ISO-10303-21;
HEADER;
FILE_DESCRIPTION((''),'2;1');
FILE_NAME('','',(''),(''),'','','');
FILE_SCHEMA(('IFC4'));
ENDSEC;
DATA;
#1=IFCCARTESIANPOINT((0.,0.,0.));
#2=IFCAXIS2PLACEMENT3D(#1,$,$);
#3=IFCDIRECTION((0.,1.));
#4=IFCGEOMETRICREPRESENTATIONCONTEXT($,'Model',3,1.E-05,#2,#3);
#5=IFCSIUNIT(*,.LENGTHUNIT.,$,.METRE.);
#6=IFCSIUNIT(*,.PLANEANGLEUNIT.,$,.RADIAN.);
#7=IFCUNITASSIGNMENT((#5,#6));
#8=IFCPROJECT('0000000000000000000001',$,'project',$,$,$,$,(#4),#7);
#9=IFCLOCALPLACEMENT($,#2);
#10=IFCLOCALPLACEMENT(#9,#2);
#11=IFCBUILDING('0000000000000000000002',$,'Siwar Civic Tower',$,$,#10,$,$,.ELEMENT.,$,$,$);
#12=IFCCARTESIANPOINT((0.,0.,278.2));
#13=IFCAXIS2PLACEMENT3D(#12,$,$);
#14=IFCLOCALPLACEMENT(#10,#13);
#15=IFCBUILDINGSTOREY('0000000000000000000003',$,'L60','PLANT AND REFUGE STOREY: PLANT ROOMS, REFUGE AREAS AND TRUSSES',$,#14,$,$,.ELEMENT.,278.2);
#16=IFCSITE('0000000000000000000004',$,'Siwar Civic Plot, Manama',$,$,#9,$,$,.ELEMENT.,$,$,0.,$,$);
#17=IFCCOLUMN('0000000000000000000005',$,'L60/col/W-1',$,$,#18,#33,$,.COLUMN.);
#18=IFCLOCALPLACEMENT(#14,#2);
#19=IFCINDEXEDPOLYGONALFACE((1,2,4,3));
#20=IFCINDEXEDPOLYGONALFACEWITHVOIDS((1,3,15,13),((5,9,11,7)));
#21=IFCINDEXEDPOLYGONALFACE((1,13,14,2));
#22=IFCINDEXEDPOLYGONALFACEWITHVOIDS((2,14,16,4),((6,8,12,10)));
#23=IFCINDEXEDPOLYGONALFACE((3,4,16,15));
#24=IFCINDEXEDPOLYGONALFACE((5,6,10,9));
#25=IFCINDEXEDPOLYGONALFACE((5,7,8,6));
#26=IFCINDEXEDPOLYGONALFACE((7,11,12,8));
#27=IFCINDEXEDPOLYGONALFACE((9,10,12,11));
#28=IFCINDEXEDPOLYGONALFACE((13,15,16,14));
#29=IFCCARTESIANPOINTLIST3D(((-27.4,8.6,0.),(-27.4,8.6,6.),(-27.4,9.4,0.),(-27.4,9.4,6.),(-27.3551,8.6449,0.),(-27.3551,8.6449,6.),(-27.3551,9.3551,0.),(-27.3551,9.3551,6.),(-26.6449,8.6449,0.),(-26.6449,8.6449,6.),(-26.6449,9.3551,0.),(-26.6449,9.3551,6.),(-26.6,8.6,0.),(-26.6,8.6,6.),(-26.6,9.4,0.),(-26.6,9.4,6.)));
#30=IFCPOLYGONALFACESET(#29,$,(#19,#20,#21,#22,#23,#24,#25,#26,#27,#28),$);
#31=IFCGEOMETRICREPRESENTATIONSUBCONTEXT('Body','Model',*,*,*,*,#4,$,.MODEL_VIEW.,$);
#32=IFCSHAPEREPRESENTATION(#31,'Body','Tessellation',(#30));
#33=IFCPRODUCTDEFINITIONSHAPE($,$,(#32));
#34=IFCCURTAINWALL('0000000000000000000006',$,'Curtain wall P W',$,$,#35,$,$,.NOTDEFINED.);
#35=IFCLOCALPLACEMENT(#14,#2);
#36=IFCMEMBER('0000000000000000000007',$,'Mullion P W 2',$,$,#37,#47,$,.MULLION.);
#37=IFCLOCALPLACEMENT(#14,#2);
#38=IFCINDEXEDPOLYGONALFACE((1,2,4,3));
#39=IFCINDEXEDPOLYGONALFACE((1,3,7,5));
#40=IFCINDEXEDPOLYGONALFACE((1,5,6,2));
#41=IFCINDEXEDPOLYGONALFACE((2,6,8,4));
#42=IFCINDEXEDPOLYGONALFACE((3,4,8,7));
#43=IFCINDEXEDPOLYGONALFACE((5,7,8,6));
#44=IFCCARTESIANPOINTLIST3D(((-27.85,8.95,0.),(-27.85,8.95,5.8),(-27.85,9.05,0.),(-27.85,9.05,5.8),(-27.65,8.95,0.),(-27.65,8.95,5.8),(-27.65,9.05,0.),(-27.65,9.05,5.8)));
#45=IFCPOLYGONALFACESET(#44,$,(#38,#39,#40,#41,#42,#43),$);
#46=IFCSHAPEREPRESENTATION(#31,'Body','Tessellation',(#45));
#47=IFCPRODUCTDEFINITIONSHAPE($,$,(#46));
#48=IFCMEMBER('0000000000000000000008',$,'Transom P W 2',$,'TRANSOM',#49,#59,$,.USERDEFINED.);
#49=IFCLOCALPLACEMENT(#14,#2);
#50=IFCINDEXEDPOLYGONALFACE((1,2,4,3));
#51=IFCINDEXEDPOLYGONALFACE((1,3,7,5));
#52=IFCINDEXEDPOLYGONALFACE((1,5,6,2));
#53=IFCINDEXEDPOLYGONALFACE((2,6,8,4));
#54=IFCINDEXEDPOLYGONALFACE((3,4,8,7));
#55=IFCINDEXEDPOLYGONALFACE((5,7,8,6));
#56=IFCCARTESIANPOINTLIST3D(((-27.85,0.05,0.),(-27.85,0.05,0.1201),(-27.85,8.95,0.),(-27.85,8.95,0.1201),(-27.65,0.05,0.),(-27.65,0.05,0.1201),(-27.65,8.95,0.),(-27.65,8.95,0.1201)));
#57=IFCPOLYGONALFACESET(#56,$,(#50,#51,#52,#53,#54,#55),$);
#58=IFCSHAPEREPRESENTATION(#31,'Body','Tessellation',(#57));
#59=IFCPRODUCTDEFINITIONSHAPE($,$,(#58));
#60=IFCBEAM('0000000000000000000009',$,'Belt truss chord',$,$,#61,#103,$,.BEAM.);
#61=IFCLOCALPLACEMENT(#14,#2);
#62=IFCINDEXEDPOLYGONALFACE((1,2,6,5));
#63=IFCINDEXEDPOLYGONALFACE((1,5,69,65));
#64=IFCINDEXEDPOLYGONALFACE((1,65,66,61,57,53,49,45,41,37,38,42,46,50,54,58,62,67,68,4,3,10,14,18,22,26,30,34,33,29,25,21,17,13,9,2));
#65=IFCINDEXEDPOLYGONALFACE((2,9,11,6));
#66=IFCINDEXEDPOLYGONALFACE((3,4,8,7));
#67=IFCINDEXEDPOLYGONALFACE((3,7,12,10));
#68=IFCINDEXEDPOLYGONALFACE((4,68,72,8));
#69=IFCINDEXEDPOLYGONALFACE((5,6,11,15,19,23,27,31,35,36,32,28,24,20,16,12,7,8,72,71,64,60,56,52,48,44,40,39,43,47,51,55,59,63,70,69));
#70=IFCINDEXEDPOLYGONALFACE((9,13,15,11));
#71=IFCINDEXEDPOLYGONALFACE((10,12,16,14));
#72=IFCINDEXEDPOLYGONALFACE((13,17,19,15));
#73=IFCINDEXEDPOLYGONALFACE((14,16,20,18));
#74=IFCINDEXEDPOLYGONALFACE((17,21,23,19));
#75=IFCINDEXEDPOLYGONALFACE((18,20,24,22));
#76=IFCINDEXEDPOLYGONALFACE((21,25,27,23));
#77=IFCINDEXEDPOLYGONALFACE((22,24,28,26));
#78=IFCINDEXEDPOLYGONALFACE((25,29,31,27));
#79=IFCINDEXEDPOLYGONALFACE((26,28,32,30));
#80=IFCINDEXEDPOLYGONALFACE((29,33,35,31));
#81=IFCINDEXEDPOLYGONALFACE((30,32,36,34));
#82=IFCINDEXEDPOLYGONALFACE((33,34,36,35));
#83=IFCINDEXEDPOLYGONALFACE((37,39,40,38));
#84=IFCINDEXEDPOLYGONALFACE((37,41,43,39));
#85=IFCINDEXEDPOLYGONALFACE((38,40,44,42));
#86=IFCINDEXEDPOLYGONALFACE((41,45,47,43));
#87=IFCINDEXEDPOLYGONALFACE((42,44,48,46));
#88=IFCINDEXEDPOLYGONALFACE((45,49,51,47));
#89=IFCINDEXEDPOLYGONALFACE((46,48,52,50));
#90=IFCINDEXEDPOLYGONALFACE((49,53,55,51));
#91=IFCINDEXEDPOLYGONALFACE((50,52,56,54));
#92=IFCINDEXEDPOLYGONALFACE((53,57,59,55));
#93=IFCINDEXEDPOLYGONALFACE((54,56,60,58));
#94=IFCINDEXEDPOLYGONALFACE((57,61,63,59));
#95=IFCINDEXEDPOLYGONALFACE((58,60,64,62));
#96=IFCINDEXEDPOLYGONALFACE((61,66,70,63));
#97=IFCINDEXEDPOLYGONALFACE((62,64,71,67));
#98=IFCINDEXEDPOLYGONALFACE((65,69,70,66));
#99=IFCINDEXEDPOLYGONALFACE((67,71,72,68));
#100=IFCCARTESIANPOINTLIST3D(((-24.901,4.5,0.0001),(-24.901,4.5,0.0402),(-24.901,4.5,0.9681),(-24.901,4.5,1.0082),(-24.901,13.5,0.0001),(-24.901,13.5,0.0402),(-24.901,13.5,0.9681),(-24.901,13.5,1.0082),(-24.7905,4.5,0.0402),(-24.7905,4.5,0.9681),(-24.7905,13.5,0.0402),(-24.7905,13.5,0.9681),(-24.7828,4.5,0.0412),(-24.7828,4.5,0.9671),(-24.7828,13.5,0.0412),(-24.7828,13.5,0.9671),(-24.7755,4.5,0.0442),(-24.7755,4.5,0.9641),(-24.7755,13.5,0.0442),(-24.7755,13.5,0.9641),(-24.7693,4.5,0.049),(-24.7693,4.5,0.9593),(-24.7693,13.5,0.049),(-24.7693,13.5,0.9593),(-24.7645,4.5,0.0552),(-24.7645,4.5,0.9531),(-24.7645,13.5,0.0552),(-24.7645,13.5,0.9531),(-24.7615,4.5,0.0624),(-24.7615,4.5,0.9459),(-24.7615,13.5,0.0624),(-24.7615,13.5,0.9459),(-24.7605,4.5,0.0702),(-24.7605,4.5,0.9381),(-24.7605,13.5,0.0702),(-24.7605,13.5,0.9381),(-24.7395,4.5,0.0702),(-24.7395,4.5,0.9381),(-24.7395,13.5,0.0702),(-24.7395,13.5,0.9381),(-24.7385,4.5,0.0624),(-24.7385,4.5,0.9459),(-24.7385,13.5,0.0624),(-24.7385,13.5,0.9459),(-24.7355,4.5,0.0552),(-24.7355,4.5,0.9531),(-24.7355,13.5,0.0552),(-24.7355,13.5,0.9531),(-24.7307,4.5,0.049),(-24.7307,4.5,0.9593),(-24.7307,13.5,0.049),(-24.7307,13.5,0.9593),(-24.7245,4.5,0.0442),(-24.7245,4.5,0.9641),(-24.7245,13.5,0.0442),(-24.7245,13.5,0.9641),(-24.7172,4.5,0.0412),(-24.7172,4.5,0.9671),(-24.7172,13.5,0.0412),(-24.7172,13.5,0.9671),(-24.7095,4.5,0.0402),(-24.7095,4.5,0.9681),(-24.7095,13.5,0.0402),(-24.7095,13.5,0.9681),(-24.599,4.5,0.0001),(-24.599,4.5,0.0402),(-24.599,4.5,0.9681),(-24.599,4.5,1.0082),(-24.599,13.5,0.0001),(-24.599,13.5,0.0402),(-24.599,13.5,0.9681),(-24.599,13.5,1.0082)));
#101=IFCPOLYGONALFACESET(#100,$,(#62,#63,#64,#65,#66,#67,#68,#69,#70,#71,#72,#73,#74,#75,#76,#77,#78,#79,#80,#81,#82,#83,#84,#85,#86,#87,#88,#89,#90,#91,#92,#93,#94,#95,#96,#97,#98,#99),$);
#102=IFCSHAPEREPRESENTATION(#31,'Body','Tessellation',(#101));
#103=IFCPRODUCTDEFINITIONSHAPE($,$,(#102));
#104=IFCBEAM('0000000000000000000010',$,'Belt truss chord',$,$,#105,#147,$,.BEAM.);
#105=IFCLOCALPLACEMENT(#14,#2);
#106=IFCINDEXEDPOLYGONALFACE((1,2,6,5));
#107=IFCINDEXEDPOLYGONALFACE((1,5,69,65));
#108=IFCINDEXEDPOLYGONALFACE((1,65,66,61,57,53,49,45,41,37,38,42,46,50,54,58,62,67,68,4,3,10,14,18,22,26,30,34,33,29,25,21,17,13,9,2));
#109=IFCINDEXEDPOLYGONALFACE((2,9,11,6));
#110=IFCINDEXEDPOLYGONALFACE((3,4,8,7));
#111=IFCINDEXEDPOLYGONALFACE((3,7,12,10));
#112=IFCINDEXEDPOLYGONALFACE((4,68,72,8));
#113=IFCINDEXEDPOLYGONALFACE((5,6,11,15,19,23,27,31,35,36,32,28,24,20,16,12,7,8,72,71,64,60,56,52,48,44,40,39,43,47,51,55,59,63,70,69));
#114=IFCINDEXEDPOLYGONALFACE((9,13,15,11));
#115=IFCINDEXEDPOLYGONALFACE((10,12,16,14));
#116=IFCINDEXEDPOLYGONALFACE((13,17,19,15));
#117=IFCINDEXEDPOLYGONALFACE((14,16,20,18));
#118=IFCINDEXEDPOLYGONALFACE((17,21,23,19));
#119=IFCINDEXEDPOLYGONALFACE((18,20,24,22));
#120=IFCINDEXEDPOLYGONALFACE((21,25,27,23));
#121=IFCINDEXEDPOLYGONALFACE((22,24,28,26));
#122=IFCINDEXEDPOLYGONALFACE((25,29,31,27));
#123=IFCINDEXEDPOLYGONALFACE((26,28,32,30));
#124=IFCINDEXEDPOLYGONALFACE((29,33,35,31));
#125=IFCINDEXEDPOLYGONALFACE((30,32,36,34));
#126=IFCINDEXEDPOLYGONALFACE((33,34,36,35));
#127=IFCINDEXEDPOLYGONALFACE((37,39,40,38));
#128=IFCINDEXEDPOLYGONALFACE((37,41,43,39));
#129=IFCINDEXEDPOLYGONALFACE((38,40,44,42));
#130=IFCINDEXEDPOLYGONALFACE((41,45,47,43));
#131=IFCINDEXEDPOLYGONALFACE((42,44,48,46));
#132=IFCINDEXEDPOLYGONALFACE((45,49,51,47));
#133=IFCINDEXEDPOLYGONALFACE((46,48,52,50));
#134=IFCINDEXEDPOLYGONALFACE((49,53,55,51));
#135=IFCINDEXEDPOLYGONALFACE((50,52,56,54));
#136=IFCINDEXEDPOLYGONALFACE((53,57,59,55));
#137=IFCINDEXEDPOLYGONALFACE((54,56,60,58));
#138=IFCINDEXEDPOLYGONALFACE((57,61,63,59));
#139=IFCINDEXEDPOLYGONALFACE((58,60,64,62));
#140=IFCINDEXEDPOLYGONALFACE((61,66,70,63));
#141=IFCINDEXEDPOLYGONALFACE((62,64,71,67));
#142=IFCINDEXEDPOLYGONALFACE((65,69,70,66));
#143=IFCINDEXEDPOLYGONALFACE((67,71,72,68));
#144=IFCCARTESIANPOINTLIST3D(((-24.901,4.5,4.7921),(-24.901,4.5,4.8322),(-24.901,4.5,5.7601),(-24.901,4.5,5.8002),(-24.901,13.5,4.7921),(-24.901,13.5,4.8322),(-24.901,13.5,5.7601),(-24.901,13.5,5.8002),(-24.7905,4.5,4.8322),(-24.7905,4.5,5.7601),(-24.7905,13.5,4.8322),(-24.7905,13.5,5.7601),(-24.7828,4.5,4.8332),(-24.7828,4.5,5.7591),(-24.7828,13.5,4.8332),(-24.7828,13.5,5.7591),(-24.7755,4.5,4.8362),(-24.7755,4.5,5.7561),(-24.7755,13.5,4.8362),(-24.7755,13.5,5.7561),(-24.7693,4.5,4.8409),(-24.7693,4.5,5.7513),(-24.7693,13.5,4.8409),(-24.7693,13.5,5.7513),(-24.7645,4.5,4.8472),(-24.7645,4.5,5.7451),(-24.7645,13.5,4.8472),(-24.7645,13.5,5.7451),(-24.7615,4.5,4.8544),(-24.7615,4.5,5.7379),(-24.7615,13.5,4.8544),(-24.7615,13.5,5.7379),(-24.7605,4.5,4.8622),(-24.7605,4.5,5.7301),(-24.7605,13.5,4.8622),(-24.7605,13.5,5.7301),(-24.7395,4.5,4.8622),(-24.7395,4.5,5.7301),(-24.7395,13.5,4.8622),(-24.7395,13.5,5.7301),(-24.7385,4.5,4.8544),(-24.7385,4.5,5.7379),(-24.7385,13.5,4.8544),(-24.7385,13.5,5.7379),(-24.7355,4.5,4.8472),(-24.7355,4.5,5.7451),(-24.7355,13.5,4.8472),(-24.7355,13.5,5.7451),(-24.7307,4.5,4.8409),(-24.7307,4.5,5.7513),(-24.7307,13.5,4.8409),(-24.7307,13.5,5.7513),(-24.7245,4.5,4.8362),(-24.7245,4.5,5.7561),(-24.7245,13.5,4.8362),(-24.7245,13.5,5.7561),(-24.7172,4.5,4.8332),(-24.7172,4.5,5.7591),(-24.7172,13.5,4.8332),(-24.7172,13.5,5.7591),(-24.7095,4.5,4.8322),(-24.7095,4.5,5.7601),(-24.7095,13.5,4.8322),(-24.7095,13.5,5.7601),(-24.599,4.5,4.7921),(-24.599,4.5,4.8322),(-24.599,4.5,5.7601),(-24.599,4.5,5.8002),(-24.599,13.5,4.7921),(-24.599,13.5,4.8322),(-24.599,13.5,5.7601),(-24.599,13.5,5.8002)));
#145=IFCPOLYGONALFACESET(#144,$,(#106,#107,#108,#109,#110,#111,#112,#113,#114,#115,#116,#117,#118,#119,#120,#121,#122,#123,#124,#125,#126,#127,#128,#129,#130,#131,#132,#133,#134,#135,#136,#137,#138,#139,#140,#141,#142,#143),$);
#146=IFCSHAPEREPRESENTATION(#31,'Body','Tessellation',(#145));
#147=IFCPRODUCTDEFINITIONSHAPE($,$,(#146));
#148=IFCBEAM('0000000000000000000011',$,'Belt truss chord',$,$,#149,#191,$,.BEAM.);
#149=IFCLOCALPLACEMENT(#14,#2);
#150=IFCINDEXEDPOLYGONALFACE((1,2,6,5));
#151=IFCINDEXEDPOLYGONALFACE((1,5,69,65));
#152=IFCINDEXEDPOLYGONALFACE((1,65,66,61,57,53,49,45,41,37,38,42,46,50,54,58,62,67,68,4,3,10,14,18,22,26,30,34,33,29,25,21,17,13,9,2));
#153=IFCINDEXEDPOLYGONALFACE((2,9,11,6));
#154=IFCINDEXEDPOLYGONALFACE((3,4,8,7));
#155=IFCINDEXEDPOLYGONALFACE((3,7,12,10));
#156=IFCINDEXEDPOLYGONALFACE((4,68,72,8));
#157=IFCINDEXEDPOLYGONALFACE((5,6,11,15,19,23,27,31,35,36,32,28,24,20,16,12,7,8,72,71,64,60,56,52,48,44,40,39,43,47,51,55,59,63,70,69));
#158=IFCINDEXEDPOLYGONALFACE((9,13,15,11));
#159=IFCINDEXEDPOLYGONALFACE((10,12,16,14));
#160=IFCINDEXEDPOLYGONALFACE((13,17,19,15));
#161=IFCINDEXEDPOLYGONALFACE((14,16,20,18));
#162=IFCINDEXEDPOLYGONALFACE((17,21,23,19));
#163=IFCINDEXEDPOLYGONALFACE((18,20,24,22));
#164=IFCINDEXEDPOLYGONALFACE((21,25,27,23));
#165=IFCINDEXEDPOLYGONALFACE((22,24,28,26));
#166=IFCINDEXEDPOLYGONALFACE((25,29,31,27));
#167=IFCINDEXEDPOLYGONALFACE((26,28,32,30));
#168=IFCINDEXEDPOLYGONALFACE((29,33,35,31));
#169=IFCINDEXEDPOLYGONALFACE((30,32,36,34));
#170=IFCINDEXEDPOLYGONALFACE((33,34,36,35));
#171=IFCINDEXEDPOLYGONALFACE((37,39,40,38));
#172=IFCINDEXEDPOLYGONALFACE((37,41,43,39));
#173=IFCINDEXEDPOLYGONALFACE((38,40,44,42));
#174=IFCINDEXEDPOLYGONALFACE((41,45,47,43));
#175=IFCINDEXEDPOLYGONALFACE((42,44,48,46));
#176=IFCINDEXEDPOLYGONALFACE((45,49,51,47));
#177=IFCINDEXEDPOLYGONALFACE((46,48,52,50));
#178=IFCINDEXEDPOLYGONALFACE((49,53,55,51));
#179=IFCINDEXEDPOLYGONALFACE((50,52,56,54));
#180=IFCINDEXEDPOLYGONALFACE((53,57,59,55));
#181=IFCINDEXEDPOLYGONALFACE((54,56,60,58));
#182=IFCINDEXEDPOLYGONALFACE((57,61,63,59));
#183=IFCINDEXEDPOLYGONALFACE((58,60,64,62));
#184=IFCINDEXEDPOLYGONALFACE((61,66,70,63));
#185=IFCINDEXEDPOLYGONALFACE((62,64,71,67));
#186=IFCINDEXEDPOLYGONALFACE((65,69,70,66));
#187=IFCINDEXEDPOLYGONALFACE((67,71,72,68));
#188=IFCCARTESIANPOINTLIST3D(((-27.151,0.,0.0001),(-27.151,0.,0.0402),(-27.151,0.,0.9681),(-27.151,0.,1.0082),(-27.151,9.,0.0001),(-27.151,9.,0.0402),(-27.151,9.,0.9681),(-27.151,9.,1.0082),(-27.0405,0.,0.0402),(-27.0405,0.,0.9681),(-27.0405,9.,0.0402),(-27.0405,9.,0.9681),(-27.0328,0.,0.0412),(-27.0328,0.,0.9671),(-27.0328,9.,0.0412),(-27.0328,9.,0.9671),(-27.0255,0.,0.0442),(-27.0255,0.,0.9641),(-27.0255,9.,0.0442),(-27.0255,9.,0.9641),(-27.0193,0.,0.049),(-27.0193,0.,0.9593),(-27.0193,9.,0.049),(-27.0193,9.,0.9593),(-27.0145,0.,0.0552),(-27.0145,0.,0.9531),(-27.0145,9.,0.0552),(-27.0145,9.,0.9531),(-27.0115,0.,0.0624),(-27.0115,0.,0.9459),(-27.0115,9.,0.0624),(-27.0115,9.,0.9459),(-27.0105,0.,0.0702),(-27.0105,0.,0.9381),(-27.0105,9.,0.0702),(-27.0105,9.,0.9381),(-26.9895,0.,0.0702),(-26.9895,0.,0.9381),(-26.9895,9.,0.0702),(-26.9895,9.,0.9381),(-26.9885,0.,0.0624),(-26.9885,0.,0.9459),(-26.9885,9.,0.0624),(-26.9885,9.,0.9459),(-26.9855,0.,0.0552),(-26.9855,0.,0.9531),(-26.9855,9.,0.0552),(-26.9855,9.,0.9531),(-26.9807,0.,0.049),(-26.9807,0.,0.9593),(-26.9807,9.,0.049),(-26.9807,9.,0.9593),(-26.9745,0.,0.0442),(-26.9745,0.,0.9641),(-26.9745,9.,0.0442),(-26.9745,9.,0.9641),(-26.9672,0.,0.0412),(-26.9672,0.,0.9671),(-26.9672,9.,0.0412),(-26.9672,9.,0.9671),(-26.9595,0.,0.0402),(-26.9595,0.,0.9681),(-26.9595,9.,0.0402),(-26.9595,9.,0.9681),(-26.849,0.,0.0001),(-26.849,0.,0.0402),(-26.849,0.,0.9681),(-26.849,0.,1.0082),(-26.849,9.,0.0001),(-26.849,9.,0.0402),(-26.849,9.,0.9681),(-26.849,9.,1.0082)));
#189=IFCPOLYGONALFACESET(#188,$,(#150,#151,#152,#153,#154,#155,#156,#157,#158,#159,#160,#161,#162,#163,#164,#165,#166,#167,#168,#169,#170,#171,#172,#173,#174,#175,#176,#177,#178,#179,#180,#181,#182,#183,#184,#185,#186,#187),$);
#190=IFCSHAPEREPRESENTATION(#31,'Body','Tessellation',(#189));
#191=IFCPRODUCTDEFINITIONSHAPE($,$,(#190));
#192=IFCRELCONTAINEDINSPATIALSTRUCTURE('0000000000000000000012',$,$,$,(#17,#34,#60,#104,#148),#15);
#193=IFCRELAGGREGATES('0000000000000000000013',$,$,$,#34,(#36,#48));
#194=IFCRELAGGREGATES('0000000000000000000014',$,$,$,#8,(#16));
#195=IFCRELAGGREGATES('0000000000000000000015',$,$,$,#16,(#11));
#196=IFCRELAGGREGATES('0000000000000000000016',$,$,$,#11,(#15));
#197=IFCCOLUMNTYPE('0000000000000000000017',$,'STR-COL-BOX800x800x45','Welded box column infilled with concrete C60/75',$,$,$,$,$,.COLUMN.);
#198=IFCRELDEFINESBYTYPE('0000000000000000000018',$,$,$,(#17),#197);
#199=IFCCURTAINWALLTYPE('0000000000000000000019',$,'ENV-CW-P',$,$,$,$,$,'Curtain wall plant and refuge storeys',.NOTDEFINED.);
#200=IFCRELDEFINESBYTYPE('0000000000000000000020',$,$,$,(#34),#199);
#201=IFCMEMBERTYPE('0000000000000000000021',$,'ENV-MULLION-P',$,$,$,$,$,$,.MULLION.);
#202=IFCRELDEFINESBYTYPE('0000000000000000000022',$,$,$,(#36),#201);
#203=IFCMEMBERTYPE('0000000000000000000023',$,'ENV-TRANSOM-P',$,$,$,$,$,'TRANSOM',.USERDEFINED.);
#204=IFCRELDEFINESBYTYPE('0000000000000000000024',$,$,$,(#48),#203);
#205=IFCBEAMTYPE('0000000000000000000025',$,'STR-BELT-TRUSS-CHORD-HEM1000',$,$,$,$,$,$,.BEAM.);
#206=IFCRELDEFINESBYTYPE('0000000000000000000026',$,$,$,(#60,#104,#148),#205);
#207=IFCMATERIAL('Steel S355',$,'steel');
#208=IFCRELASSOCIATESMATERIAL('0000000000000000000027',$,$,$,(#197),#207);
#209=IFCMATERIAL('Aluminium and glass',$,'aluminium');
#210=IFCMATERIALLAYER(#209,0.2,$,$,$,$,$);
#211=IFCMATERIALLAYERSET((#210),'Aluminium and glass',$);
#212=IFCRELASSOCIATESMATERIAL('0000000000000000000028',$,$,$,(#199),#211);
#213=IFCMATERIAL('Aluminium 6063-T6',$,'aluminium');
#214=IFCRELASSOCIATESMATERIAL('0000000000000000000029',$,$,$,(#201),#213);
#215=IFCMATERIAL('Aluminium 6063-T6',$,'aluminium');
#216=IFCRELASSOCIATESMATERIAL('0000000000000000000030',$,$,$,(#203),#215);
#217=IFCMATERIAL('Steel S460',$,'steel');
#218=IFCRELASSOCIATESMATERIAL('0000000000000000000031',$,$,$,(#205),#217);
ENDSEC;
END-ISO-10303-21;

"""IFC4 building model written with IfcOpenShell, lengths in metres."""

from ifc_helpers import new_model, si_unit, direction, frame, origin, origin_2d, place, context, subcontext, project, spatial, rectangle, hollow_rectangle, i_section, extrude, material, layer, layer_set, material_profile, profile_set, type_object, element, aggregate, save


model = new_model("IFC4")

# Units and contexts
model_context = context("Model", 3, precision=1e-05, world=origin(), true_north=direction((0.0, 1.0)))
body_context = subcontext(model_context, "Body", "Model", "MODEL_VIEW")
ifc_project = project(units=[si_unit("LENGTHUNIT", "METRE"), si_unit("PLANEANGLEUNIT", "RADIAN")], contexts=[model_context])

# Site, building, storey
site_placement = place(None, origin())
site = spatial("IfcSite", under=ifc_project, at=site_placement, Name="Siwar Civic Plot, Manama", CompositionType="ELEMENT", RefElevation=0.0)
building_placement = place(site_placement, origin())
building = spatial("IfcBuilding", under=site, at=building_placement, Name="Siwar Civic Tower", CompositionType="ELEMENT")
storey_placement = place(building_placement, frame((0.0, 0.0, 278.2)))
storey = spatial("IfcBuildingStorey", under=building, at=storey_placement, Name="L60", Description="PLANT AND REFUGE STOREY: PLANT ROOMS, REFUGE AREAS AND TRUSSES", CompositionType="ELEMENT", Elevation=278.2)

# Column
ifc_material_1 = material(Name="Steel S355", Category="steel")
ifc_material_profile_1 = material_profile(ifc_material_1, hollow_rectangle(XDim=0.8, YDim=0.8, WallThickness=0.0449, at=origin_2d()), Name="BOX800x800x45")
ifc_profile_set_1 = profile_set([ifc_material_profile_1], Name="Steel S355")
column_type = type_object("IfcColumnType", Name="STR-COL-BOX800x800x45", Description="Welded box column infilled with concrete C60/75", PredefinedType="COLUMN", material=ifc_profile_set_1)
column_placement = place(storey_placement, frame((-27.0, 9.0, 0.0), z_axis=(0.0, 0.0, 1.0), x_axis=(1.0, 0.0, 0.0)))
element("IfcColumn", 1, at=column_placement, inside=storey, type_object=column_type, Name="L60/col/W-1", PredefinedType="COLUMN", context=body_context, shape_type="SweptSolid", body=[
    extrude(hollow_rectangle(XDim=0.8, YDim=0.8, WallThickness=0.0449, at=origin_2d()), origin(), (0.0, 0.0, 1.0), 6.0),
])

# Curtain wall, members
ifc_material_2 = material(Name="Aluminium and glass", Category="aluminium")
ifc_layer_1 = layer(ifc_material_2, 0.2)
ifc_layer_set_1 = layer_set([ifc_layer_1], Name="Aluminium and glass")
curtain_wall_type = type_object("IfcCurtainWallType", Name="ENV-CW-P", ElementType="Curtain wall plant and refuge storeys", PredefinedType="NOTDEFINED", material=ifc_layer_set_1)
curtain_wall_placement = place(storey_placement, origin())
curtain_wall = element("IfcCurtainWall", 2, at=curtain_wall_placement, inside=storey, type_object=curtain_wall_type, Name="Curtain wall P W", PredefinedType="NOTDEFINED")
ifc_material_3 = material(Name="Aluminium 6063-T6", Category="aluminium")
ifc_material_profile_2 = material_profile(ifc_material_3, rectangle(XDim=0.2, YDim=0.1001, at=origin_2d()), Name="AL 200x100")
ifc_profile_set_2 = profile_set([ifc_material_profile_2], Name="Aluminium 6063-T6")
member_type_1 = type_object("IfcMemberType", Name="ENV-MULLION-P", PredefinedType="MULLION", material=ifc_profile_set_2)
member_1_placement = place(storey_placement, frame((-27.75, 9.0, 0.0), z_axis=(0.0, 0.0, 1.0), x_axis=(1.0, 0.0, 0.0)))
member_1 = element("IfcMember", 3, at=member_1_placement, type_object=member_type_1, Name="Mullion P W 2", PredefinedType="MULLION", context=body_context, shape_type="SweptSolid", body=[
    extrude(rectangle(XDim=0.2, YDim=0.1001, at=origin_2d()), origin(), (0.0, 0.0, 1.0), 5.8),
])
ifc_material_4 = material(Name="Aluminium 6063-T6", Category="aluminium")
ifc_material_profile_3 = material_profile(ifc_material_4, rectangle(XDim=0.2, YDim=0.1201, at=origin_2d()), Name="AL 200x120")
ifc_profile_set_3 = profile_set([ifc_material_profile_3], Name="Aluminium 6063-T6")
member_type_2 = type_object("IfcMemberType", Name="ENV-TRANSOM-P", ElementType="TRANSOM", PredefinedType="USERDEFINED", material=ifc_profile_set_3)
member_2_placement = place(storey_placement, frame((-27.75, 8.95, 0.0601), z_axis=(0.0, -1.0, 0.0), x_axis=(1.0, 0.0, 0.0)))
member_2 = element("IfcMember", 4, at=member_2_placement, type_object=member_type_2, Name="Transom P W 2", ObjectType="TRANSOM", PredefinedType="USERDEFINED", context=body_context, shape_type="SweptSolid", body=[
    extrude(rectangle(XDim=0.2, YDim=0.1201, at=origin_2d()), origin(), (0.0, 0.0, 1.0), 8.8999),
])
aggregate(curtain_wall, [member_1, member_2])

# Beams
ifc_material_5 = material(Name="Steel S460", Category="steel")
ifc_material_profile_4 = material_profile(ifc_material_5, i_section(OverallWidth=0.302, OverallDepth=1.0081, WebThickness=0.021, FlangeThickness=0.04, FilletRadius=0.03, at=origin_2d()), Name="HEM1000")
ifc_profile_set_4 = profile_set([ifc_material_profile_4], Name="Steel S460")
beam_type_1 = type_object("IfcBeamType", Name="STR-BELT-TRUSS-CHORD-HEM1000", PredefinedType="BEAM", material=ifc_profile_set_4)
for number, where, z_axis, x_axis, name in (
    (5, (-24.75, 13.5, 0.5042), (0.0, -1.0, 0.0), (1.0, 0.0, 0.0), "Belt truss chord"),
    (6, (-24.75, 13.5, 5.2961), (0.0, -1.0, 0.0), (1.0, 0.0, 0.0), "Belt truss chord"),
    (7, (-27.0, 9.0, 0.5042), (0.0, -1.0, 0.0), (1.0, 0.0, 0.0), "Belt truss chord"),
):
    element("IfcBeam", number, at=place(storey_placement, frame(where, z_axis=z_axis, x_axis=x_axis)), inside=storey, type_object=beam_type_1, Name=name, PredefinedType="BEAM", context=body_context, shape_type="SweptSolid", body=[
        extrude(i_section(OverallWidth=0.302, OverallDepth=1.0081, WebThickness=0.021, FlangeThickness=0.04, FilletRadius=0.03, at=origin_2d()), origin(), (0.0, 0.0, 1.0), 9.0),
    ])

save(model, "model.ifc")
